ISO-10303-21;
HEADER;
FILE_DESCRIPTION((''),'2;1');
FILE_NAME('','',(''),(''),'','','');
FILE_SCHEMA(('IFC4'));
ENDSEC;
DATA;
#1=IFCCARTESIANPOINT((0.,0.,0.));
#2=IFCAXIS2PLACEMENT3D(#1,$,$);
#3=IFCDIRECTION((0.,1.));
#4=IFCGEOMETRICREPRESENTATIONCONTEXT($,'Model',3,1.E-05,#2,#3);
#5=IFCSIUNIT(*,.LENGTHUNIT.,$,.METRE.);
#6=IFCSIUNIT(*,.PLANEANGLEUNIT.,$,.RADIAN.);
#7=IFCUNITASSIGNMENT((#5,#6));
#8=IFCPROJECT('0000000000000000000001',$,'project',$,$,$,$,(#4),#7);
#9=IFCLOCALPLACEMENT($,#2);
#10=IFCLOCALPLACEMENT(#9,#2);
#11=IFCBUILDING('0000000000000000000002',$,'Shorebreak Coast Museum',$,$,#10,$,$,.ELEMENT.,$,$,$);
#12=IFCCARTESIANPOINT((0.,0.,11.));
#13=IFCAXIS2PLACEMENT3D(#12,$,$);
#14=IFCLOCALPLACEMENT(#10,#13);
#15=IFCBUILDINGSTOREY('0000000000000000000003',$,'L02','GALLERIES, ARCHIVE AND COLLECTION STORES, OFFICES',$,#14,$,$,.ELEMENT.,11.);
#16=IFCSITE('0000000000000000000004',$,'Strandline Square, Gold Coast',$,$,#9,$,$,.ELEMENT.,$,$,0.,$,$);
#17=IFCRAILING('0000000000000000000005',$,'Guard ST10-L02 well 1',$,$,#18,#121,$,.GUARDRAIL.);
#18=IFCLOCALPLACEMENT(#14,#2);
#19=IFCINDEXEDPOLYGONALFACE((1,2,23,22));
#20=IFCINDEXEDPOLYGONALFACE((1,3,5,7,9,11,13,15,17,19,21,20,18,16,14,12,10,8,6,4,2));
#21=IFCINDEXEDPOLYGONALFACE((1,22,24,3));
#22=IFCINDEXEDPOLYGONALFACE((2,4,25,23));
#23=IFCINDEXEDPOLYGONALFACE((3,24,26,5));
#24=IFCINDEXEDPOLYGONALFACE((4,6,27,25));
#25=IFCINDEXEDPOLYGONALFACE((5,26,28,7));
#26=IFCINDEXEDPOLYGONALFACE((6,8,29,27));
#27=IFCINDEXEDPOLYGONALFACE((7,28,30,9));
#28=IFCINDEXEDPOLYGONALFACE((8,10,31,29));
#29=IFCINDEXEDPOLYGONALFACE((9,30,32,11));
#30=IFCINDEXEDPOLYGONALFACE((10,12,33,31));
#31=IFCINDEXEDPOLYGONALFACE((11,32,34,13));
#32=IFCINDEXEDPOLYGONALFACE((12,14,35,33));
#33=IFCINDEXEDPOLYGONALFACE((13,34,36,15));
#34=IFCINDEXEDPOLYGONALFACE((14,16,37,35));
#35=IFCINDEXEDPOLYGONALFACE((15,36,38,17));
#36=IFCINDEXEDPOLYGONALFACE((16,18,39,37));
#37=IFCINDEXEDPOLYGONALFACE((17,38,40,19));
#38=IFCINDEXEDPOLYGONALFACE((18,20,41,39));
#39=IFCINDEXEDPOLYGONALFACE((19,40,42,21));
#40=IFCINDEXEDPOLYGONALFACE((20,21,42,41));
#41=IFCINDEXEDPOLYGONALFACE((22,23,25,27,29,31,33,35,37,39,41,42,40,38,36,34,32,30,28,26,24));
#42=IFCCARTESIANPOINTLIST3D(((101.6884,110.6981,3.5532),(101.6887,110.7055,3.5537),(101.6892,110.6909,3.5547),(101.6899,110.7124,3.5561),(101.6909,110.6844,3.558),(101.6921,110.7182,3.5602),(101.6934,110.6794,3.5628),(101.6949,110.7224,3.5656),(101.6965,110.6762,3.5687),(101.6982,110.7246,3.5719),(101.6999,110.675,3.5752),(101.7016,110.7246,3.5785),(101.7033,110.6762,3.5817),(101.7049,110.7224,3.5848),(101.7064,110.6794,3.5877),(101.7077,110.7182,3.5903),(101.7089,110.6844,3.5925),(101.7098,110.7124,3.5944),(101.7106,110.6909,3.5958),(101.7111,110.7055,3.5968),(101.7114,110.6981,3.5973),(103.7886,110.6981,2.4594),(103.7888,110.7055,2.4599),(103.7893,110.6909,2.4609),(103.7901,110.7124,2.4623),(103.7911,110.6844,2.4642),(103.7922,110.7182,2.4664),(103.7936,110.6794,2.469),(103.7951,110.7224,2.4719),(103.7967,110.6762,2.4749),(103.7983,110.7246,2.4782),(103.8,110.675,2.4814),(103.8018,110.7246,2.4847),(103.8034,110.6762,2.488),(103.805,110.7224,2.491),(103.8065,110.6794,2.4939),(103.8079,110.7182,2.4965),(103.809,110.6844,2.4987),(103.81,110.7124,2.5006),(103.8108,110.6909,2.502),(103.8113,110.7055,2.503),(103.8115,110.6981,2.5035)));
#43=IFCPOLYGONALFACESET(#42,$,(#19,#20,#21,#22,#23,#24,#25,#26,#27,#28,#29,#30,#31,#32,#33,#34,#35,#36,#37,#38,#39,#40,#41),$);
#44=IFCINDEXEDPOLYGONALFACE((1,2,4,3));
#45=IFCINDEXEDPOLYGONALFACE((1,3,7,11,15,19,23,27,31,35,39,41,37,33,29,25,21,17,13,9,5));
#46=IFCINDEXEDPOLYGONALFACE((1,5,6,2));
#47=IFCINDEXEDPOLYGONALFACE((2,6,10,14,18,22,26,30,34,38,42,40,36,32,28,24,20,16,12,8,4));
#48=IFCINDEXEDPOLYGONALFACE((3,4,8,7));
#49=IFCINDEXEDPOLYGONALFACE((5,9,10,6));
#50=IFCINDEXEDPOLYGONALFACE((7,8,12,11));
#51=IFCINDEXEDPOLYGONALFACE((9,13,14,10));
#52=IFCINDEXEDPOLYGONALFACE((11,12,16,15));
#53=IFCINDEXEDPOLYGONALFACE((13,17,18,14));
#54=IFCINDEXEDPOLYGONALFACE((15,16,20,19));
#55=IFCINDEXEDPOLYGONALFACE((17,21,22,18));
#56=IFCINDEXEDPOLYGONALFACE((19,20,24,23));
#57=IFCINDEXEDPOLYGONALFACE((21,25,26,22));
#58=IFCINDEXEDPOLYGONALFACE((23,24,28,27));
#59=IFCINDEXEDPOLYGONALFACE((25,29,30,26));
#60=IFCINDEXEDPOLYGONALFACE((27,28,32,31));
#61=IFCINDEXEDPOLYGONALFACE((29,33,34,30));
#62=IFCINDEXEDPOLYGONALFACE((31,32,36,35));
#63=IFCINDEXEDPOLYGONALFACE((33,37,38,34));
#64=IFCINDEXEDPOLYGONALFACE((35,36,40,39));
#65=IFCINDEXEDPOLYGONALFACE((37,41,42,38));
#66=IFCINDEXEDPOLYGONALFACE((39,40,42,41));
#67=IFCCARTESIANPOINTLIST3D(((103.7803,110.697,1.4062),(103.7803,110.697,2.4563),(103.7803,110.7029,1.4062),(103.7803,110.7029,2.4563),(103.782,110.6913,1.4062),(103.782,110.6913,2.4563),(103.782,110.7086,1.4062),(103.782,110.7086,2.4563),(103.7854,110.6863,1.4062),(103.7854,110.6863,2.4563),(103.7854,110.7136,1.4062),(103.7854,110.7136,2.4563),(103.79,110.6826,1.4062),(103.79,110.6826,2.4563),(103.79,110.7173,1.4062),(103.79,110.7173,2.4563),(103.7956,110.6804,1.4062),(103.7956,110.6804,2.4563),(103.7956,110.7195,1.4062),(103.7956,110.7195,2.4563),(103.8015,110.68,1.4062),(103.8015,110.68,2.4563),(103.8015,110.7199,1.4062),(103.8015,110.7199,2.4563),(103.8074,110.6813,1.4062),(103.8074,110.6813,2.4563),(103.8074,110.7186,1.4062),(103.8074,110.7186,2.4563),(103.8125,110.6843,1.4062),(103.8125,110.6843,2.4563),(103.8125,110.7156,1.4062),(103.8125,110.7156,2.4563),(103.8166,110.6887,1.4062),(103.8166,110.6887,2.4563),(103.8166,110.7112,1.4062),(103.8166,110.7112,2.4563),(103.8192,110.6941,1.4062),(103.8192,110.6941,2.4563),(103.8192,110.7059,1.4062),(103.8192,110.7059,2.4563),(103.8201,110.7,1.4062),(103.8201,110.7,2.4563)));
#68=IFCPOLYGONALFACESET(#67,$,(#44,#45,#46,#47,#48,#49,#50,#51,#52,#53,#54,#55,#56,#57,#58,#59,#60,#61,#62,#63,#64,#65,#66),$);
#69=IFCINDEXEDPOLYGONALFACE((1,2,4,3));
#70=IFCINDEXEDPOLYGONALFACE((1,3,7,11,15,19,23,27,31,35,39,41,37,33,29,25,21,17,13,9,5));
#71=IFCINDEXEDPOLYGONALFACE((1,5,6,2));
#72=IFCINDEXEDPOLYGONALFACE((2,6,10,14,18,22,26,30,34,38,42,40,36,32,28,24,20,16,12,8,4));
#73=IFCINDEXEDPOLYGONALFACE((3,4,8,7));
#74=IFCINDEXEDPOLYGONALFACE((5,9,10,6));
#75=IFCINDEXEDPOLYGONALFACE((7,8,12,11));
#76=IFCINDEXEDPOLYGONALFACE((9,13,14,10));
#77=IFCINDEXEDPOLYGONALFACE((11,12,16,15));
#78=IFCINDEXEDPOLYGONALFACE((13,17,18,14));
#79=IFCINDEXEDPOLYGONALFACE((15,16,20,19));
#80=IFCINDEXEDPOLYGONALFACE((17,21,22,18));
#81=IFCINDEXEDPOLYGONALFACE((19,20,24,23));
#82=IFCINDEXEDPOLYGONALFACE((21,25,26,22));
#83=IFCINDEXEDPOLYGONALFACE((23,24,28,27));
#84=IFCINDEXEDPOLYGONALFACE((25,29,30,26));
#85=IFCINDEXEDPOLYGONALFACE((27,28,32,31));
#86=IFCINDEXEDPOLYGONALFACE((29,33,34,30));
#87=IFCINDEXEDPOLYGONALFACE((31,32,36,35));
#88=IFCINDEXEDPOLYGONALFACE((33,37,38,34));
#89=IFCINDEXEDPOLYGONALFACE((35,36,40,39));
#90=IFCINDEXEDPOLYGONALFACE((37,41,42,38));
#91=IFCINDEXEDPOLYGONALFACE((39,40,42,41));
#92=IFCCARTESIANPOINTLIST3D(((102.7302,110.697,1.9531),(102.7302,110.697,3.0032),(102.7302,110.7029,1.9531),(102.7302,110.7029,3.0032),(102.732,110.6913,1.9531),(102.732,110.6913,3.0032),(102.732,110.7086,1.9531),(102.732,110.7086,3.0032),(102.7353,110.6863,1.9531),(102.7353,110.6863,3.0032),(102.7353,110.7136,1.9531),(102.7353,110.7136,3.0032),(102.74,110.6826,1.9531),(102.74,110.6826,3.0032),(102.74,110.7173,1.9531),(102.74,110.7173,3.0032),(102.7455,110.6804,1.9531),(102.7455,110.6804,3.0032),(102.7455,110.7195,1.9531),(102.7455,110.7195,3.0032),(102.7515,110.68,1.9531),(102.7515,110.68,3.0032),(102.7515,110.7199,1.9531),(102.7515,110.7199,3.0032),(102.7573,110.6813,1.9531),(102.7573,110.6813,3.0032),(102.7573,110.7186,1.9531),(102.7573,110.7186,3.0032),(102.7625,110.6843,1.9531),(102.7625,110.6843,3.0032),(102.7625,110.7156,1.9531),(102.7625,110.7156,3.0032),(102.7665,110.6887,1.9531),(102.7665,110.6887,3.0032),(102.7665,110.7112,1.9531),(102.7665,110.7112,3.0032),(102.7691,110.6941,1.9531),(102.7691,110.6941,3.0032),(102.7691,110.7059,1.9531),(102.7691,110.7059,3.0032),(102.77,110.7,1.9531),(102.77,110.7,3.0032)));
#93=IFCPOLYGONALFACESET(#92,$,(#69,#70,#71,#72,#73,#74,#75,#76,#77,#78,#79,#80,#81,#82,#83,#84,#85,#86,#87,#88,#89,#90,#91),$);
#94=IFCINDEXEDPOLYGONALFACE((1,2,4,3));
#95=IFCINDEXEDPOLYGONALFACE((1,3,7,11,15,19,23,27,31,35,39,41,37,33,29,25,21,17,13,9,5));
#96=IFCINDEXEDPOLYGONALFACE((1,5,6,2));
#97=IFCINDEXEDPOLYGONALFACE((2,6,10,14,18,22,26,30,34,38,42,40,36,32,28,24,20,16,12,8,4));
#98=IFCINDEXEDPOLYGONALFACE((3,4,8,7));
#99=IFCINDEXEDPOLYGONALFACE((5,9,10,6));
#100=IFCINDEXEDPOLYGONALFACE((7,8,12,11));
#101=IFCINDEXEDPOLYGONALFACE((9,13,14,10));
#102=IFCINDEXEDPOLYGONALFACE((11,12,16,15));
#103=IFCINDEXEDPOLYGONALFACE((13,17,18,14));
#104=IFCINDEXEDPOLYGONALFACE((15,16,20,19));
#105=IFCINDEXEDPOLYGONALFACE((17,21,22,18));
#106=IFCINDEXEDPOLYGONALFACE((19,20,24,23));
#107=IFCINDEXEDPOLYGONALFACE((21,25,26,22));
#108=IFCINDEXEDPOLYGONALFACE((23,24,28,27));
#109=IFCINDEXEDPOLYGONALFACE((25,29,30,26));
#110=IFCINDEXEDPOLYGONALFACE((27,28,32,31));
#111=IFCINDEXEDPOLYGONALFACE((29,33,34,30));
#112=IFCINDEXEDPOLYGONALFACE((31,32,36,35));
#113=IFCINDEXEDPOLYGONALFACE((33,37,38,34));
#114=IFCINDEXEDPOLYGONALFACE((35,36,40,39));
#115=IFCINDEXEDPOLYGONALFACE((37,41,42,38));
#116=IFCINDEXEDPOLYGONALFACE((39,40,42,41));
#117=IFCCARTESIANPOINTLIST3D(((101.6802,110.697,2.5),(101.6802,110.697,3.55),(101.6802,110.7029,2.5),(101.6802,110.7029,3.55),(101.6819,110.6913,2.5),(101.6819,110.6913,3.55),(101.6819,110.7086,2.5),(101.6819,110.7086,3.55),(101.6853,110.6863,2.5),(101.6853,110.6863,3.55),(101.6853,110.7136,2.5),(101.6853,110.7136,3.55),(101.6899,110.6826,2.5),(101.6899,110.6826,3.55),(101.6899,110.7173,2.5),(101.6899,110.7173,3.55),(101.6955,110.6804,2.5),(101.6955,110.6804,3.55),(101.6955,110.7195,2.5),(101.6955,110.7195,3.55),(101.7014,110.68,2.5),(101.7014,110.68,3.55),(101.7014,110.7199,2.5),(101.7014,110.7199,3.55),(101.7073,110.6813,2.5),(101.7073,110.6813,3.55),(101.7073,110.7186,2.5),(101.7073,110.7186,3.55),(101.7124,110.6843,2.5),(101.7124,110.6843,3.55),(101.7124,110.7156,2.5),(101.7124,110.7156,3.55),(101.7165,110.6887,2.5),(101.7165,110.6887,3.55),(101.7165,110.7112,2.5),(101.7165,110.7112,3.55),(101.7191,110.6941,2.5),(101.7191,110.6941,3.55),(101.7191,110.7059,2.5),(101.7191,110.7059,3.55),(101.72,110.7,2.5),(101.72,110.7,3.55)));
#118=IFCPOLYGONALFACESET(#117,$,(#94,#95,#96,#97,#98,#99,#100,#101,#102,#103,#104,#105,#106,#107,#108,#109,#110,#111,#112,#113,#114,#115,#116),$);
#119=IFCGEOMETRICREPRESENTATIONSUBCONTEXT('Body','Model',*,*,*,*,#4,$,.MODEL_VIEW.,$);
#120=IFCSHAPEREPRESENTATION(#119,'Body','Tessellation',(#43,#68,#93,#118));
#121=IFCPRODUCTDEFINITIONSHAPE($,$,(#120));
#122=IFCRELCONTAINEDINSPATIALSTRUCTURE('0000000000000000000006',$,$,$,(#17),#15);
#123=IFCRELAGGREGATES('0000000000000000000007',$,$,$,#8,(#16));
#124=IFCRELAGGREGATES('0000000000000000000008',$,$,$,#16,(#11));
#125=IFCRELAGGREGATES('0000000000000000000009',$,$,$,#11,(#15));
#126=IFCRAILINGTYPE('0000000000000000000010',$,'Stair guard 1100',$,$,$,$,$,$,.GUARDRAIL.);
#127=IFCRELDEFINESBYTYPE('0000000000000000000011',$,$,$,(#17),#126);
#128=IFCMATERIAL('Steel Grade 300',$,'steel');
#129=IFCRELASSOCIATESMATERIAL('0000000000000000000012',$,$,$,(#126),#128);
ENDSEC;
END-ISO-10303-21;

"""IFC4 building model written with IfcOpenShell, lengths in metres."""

from ifc_helpers import new_model, si_unit, direction, frame, origin, origin_2d, place, context, subcontext, project, spatial, circle, extrude, material, type_object, element, save


model = new_model("IFC4")

# Units and contexts
model_context = context("Model", 3, precision=1e-05, world=origin(), true_north=direction((0.0, 1.0)))
body_context = subcontext(model_context, "Body", "Model", "MODEL_VIEW")
ifc_project = project(units=[si_unit("LENGTHUNIT", "METRE"), si_unit("PLANEANGLEUNIT", "RADIAN")], contexts=[model_context])

# Site, building, storey
site_placement = place(None, origin())
site = spatial("IfcSite", under=ifc_project, at=site_placement, Name="Strandline Square, Gold Coast", CompositionType="ELEMENT", RefElevation=0.0)
building_placement = place(site_placement, origin())
building = spatial("IfcBuilding", under=site, at=building_placement, Name="Shorebreak Coast Museum", CompositionType="ELEMENT")
storey_placement = place(building_placement, frame((0.0, 0.0, 11.0)))
storey = spatial("IfcBuildingStorey", under=building, at=storey_placement, Name="L02", Description="GALLERIES, ARCHIVE AND COLLECTION STORES, OFFICES", CompositionType="ELEMENT", Elevation=11.0)

# Railing
ifc_material_1 = material(Name="Steel Grade 300", Category="steel")
railing_type_1 = type_object("IfcRailingType", Name="Stair guard 1100", PredefinedType="GUARDRAIL", material=ifc_material_1)
railing_1_placement = place(storey_placement, frame((103.8, 110.7, 1.4062)))
element("IfcRailing", 1, at=railing_1_placement, inside=storey, type_object=railing_type_1, Name="Guard ST10-L02 well 1", PredefinedType="GUARDRAIL", context=body_context, shape_type="SweptSolid", body=[
    extrude(circle(Radius=0.0249, at=origin_2d()), frame((0.0, 0.0, 1.0752), z_axis=(-0.886923, 0.0, 0.461918), x_axis=(0.0, -1.0, 0.0)), (0.0, 0.0, 1.0), 2.3679),
    extrude(circle(Radius=0.02, at=origin_2d()), origin(), (0.0, 0.0, 1.0), 1.05),
    extrude(circle(Radius=0.02, at=origin_2d()), frame((-1.05, 0.0, 0.5469)), (0.0, 0.0, 1.0), 1.05),
    extrude(circle(Radius=0.02, at=origin_2d()), frame((-2.1001, 0.0, 1.0938)), (0.0, 0.0, 1.0), 1.05),
])

save(model, "model.ifc")
